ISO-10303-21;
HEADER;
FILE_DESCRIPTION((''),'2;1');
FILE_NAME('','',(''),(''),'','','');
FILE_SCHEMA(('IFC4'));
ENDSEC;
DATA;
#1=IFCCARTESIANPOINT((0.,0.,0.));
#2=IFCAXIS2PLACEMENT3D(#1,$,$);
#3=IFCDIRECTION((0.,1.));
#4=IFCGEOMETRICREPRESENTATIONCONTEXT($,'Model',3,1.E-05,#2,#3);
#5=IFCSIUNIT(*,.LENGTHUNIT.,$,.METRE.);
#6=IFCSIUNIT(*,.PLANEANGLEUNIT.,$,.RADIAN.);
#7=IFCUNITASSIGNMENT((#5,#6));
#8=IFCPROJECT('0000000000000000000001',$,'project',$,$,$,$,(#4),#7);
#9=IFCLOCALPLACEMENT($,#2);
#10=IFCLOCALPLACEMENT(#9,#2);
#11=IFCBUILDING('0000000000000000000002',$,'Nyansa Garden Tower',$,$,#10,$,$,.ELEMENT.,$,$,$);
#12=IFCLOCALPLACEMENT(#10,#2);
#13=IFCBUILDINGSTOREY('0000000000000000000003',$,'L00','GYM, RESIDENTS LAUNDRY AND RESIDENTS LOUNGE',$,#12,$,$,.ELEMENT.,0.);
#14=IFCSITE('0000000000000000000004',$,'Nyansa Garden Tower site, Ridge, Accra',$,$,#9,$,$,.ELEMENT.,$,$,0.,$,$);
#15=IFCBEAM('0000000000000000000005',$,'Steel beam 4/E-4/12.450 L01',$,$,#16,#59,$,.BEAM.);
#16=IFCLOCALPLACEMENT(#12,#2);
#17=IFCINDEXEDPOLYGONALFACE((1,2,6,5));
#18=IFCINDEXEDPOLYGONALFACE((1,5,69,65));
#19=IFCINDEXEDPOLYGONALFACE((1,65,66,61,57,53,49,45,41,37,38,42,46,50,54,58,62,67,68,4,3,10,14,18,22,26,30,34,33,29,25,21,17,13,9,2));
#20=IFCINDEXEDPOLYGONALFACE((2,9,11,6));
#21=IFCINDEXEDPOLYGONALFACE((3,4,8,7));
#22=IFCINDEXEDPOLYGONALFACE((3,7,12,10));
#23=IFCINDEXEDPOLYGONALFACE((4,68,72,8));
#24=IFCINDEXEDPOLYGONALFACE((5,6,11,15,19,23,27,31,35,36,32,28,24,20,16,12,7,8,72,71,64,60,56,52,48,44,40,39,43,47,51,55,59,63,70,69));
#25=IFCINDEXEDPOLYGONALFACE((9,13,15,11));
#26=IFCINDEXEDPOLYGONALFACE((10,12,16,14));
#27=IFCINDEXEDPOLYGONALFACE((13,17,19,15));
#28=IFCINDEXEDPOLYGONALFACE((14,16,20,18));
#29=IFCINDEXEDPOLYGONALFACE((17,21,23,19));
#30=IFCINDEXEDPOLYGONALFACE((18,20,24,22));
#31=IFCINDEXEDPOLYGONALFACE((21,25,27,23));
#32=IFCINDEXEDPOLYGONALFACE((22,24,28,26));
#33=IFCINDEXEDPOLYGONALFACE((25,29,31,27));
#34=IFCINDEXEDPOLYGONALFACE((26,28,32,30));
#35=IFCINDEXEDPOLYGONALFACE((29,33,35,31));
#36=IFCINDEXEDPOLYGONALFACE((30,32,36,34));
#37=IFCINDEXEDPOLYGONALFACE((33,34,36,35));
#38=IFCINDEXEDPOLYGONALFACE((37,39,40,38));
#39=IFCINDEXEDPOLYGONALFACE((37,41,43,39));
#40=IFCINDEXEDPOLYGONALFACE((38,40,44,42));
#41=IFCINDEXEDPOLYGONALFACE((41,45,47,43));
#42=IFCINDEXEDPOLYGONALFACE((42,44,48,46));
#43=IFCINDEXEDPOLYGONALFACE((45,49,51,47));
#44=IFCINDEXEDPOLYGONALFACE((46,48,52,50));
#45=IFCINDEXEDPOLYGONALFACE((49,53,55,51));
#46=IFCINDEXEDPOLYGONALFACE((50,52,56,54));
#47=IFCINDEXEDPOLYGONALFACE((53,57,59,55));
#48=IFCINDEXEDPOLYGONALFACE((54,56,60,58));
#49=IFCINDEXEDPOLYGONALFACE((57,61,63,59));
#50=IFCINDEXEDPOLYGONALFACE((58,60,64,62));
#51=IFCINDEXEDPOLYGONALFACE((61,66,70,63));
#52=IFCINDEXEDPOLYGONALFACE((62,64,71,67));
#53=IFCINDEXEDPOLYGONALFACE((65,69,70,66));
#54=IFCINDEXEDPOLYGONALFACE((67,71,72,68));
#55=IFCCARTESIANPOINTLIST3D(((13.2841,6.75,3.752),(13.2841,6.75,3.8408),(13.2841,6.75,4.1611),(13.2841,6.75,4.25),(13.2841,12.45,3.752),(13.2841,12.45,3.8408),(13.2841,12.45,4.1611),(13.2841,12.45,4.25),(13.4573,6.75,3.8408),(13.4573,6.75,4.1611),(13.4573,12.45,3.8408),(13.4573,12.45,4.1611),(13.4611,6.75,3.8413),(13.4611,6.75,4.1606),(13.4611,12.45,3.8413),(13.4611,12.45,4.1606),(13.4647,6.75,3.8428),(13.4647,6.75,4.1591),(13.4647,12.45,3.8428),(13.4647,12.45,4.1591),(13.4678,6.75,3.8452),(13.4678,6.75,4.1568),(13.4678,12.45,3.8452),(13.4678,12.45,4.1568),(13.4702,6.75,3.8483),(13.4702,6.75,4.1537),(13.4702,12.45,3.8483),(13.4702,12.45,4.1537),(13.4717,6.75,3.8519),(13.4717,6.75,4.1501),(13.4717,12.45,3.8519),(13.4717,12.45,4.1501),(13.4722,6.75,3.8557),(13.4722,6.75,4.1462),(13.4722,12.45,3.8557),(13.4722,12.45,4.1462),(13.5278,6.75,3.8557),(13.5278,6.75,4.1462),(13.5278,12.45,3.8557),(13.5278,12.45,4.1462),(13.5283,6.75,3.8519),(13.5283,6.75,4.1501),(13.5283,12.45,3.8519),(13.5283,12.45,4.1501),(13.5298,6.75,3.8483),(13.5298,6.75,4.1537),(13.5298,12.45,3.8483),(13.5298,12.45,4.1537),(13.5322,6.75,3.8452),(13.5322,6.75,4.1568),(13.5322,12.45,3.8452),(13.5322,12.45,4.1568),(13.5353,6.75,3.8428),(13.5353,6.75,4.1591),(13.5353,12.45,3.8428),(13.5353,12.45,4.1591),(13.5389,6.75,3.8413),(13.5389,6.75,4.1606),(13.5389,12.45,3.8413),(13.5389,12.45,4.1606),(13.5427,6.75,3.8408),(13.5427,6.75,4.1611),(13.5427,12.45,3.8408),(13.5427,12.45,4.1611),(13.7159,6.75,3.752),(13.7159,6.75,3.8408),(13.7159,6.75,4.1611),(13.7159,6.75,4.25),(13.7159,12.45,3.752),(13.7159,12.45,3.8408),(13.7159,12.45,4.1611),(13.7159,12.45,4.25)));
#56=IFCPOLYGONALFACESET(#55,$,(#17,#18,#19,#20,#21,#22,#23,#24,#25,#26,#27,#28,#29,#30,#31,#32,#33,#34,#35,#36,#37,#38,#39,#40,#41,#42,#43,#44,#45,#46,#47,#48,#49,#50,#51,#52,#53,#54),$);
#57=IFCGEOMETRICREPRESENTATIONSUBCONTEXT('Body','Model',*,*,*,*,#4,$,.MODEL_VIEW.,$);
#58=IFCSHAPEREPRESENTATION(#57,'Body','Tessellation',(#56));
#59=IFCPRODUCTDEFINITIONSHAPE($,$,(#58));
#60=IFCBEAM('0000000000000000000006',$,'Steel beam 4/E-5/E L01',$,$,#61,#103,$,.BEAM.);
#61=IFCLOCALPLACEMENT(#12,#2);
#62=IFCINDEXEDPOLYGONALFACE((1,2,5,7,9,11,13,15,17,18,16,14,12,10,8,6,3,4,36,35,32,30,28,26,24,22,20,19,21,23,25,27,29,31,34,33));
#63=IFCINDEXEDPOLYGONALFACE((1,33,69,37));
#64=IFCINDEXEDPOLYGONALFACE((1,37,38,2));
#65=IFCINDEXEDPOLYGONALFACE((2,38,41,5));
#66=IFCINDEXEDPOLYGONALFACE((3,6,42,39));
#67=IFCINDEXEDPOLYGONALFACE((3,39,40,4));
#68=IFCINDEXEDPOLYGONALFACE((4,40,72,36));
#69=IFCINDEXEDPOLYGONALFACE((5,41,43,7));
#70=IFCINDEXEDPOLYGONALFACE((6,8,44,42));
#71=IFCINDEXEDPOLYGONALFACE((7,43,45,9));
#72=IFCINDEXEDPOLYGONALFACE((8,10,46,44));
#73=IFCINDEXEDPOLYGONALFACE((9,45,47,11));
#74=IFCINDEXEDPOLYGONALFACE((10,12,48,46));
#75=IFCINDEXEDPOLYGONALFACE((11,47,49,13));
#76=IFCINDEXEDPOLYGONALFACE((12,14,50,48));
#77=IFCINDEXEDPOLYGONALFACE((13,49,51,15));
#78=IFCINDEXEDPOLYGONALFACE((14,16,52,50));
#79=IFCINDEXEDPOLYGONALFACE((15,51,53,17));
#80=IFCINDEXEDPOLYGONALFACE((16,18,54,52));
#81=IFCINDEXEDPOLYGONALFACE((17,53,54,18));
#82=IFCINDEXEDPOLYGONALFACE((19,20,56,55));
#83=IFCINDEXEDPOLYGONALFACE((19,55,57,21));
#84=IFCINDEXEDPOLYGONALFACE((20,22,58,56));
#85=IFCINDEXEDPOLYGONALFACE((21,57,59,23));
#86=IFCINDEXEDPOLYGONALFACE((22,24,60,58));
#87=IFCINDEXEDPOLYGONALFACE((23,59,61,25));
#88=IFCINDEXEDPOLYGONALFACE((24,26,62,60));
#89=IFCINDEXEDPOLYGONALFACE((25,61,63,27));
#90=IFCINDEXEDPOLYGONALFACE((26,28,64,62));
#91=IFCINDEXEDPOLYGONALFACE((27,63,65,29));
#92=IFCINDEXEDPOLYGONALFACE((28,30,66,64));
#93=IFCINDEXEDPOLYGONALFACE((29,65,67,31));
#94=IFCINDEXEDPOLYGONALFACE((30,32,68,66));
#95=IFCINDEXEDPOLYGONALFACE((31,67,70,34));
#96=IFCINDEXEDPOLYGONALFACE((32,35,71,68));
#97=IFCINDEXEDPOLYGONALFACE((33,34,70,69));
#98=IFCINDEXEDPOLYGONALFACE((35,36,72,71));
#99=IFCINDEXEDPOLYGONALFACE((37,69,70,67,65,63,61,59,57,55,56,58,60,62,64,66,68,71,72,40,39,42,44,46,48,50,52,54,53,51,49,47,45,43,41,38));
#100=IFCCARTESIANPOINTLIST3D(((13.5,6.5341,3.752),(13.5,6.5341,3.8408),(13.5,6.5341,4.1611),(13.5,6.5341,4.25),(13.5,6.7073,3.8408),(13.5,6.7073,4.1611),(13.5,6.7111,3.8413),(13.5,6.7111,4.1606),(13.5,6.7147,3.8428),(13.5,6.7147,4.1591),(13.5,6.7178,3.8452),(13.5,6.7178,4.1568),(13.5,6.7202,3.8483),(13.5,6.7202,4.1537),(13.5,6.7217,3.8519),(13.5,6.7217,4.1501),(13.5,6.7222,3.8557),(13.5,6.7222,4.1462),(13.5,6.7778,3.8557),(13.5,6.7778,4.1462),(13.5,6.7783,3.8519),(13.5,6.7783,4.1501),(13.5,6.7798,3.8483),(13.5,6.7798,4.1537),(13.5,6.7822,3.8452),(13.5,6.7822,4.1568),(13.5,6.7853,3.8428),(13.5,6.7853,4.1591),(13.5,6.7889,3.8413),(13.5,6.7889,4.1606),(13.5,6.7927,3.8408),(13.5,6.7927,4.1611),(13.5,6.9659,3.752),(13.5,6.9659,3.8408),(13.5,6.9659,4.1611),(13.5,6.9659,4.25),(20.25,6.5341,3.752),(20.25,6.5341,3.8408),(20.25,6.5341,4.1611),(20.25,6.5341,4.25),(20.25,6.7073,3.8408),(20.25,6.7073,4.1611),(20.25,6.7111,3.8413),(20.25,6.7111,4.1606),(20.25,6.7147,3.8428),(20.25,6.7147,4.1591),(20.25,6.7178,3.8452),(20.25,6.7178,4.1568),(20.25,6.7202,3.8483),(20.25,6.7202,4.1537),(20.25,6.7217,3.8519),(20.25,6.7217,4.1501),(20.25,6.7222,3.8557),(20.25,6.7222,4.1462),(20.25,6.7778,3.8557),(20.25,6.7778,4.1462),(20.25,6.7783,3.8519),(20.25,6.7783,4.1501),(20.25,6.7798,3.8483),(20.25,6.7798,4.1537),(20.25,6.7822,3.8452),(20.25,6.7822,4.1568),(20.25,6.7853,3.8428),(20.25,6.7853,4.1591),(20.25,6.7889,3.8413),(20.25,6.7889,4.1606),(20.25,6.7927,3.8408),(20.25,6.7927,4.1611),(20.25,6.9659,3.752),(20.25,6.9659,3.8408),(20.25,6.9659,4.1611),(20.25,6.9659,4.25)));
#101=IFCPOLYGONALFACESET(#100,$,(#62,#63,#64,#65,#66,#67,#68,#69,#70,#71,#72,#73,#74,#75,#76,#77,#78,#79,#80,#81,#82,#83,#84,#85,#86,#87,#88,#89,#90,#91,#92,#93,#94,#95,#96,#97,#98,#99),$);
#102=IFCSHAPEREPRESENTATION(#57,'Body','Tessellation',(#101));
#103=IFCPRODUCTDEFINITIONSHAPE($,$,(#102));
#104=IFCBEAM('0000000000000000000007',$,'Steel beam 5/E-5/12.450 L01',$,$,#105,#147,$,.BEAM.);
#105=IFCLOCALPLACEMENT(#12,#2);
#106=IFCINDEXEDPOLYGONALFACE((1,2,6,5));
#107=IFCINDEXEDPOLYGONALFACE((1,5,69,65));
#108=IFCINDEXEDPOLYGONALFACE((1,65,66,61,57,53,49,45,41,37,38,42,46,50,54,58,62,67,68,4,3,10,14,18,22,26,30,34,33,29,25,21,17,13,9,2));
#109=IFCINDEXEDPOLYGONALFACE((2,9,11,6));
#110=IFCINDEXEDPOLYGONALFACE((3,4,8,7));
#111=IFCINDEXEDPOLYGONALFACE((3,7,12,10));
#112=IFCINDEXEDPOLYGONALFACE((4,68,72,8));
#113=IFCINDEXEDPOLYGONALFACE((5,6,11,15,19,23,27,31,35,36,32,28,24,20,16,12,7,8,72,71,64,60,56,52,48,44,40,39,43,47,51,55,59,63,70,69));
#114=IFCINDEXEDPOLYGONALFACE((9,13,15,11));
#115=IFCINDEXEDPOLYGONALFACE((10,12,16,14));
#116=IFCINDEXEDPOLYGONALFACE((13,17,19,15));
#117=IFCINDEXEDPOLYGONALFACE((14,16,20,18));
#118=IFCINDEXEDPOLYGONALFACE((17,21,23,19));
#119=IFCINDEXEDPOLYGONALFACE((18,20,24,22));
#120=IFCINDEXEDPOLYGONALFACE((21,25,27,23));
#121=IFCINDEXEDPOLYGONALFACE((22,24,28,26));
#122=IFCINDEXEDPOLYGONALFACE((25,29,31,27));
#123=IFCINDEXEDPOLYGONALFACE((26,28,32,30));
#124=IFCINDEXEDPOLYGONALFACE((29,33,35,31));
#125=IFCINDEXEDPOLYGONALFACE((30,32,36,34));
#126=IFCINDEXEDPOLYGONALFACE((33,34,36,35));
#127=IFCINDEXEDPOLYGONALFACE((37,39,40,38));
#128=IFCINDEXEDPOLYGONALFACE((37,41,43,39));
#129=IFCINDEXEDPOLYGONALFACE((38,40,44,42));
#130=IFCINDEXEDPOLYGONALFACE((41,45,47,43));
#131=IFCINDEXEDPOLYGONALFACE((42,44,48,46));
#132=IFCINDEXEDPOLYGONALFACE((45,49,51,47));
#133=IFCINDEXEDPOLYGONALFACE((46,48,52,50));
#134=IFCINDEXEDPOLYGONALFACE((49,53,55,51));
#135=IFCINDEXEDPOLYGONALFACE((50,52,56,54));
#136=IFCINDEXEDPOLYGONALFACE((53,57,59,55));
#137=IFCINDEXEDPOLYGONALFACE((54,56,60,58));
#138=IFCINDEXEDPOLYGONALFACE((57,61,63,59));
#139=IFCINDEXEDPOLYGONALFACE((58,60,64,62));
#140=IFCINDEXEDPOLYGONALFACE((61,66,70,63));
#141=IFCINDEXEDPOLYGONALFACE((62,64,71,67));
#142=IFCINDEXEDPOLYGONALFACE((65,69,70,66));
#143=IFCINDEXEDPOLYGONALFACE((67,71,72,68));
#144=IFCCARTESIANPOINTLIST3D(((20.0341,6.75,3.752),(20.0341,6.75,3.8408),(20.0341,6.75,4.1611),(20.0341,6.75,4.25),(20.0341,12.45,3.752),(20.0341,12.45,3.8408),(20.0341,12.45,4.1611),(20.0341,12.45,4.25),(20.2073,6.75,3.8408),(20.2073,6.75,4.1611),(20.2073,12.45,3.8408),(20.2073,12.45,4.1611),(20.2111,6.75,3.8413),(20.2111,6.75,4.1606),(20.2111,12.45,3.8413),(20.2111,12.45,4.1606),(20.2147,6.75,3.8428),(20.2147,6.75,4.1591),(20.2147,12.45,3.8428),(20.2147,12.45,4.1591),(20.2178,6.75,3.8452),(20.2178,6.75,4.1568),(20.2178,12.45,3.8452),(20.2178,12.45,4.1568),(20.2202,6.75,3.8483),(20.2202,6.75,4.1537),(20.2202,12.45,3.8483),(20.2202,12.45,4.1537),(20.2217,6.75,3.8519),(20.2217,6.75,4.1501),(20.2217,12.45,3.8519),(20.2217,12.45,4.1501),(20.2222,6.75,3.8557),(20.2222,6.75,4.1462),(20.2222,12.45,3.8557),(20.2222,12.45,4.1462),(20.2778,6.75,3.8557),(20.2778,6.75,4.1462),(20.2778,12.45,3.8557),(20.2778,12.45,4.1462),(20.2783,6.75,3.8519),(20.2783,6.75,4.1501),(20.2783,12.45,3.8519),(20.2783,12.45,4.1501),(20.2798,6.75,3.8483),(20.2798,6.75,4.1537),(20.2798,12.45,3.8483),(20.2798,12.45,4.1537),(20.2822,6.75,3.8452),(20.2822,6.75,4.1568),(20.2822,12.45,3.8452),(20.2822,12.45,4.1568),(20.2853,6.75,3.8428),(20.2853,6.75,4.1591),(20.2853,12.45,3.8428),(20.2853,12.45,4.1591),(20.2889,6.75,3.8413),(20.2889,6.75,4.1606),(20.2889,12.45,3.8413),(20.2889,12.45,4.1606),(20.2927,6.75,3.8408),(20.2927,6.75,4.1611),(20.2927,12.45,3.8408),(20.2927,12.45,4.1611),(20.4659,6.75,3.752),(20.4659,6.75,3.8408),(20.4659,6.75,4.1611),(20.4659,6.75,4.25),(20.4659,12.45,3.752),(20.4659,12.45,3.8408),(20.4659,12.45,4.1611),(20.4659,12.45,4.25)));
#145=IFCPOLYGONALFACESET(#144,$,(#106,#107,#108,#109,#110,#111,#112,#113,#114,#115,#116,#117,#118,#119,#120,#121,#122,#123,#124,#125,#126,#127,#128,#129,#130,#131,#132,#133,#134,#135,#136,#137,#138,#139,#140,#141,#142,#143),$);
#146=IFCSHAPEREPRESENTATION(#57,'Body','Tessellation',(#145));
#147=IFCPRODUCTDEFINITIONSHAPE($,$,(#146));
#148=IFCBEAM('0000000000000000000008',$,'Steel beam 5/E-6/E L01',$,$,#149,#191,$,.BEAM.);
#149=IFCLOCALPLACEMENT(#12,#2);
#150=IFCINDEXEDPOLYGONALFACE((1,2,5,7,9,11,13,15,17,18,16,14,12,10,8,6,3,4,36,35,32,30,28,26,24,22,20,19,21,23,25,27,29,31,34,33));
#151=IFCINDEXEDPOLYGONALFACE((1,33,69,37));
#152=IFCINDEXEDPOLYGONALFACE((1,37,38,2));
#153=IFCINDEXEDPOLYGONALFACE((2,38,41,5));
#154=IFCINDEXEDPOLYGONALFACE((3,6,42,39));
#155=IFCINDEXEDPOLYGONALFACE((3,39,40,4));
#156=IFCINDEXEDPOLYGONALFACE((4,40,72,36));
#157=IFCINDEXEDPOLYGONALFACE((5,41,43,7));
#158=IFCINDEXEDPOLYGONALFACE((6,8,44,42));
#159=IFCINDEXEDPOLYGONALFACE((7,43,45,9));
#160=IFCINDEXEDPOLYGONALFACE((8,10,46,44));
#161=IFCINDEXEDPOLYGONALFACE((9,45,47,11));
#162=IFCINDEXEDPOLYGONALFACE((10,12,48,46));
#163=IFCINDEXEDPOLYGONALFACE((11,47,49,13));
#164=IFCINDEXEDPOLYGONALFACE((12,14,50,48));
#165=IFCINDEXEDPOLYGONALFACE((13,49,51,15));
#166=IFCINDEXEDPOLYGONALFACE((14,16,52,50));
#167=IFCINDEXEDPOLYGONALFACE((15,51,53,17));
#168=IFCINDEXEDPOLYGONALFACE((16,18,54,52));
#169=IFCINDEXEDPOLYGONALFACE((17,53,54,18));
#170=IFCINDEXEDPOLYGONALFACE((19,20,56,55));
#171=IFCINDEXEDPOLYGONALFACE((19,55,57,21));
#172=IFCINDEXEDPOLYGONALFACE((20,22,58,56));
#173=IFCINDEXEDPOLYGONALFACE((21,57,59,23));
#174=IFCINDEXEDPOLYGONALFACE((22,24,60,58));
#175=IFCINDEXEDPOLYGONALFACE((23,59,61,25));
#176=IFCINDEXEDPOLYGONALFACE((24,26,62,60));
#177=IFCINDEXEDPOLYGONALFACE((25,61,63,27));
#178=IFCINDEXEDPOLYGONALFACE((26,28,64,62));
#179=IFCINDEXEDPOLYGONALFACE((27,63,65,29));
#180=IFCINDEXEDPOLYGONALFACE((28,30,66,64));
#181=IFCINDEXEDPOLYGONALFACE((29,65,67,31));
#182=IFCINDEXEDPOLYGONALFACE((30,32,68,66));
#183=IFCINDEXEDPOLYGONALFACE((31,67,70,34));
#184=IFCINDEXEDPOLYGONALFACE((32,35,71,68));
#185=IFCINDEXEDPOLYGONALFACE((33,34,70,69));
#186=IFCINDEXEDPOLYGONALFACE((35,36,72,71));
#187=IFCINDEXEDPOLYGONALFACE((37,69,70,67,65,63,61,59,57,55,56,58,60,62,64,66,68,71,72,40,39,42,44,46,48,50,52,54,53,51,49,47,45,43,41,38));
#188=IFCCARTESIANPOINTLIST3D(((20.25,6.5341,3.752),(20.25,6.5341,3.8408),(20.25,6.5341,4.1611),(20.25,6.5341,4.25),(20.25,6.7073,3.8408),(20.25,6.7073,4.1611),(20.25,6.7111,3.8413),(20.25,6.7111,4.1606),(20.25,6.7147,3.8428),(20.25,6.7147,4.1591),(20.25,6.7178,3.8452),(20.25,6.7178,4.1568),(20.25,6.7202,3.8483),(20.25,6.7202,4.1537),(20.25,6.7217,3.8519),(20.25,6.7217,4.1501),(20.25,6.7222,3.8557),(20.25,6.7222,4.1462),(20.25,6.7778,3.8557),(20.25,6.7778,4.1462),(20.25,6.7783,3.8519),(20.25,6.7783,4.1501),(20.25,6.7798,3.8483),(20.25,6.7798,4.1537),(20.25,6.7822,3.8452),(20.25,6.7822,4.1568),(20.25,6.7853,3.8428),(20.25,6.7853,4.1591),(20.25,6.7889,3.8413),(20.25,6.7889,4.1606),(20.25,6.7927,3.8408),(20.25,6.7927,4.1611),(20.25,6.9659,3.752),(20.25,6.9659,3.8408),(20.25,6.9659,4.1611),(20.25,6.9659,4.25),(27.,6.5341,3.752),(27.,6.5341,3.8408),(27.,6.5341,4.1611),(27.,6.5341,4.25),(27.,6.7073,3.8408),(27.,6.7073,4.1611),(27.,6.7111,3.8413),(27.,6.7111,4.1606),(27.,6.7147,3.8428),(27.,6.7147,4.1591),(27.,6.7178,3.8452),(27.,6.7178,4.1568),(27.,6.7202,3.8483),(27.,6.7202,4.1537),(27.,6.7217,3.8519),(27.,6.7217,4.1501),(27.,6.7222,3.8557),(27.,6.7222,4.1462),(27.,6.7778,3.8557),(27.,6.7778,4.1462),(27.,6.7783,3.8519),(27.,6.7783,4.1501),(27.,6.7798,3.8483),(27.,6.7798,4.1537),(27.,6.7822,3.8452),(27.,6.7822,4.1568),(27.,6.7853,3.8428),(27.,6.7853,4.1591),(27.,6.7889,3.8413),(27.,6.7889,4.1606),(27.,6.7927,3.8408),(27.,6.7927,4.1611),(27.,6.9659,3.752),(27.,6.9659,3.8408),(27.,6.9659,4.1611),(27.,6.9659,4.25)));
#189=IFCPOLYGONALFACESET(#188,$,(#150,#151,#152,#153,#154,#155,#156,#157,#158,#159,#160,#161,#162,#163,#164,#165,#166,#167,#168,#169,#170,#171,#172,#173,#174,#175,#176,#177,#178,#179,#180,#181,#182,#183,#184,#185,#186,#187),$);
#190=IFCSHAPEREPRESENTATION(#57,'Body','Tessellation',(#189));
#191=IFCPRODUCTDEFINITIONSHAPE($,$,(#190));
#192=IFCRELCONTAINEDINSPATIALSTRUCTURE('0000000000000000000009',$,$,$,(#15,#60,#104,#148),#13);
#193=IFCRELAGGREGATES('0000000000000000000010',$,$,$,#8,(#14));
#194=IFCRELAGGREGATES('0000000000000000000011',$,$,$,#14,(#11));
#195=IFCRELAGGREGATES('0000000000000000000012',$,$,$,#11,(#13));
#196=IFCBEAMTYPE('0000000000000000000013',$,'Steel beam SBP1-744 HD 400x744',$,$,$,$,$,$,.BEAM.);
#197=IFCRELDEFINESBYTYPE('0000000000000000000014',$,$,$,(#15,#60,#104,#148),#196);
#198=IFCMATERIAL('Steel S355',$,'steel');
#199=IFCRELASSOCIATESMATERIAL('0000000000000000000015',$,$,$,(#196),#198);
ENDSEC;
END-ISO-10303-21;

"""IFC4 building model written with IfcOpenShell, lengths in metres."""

from ifc_helpers import new_model, si_unit, direction, frame, origin, origin_2d, place, context, subcontext, project, spatial, i_section, extrude, material, material_profile, profile_set, type_object, element, save


model = new_model("IFC4")

# Units and contexts
model_context = context("Model", 3, precision=1e-05, world=origin(), true_north=direction((0.0, 1.0)))
body_context = subcontext(model_context, "Body", "Model", "MODEL_VIEW")
ifc_project = project(units=[si_unit("LENGTHUNIT", "METRE"), si_unit("PLANEANGLEUNIT", "RADIAN")], contexts=[model_context])

# Site, building, storey
site_placement = place(None, origin())
site = spatial("IfcSite", under=ifc_project, at=site_placement, Name="Nyansa Garden Tower site, Ridge, Accra", CompositionType="ELEMENT", RefElevation=0.0)
building_placement = place(site_placement, origin())
building = spatial("IfcBuilding", under=site, at=building_placement, Name="Nyansa Garden Tower", CompositionType="ELEMENT")
storey_placement = place(building_placement, origin())
storey = spatial("IfcBuildingStorey", under=building, at=storey_placement, Name="L00", Description="GYM, RESIDENTS LAUNDRY AND RESIDENTS LOUNGE", CompositionType="ELEMENT", Elevation=0.0)

# Beams
ifc_material_1 = material(Name="Steel S355", Category="steel")
ifc_material_profile_1 = material_profile(ifc_material_1, i_section(OverallWidth=0.4319, OverallDepth=0.498, WebThickness=0.0557, FlangeThickness=0.0889, FilletRadius=0.0149, at=origin_2d()), Name="HD 400x744")
ifc_profile_set_1 = profile_set([ifc_material_profile_1], Name="Steel S355")
beam_type_1 = type_object("IfcBeamType", Name="Steel beam SBP1-744 HD 400x744", PredefinedType="BEAM", material=ifc_profile_set_1)
for number, where, z_axis, x_axis, name in (
    (1, (13.5, 6.75, 4.001), (0.0, 1.0, 0.0), (-1.0, 0.0, 0.0), "Steel beam 4/E-4/12.450 L01"),
):
    element("IfcBeam", number, at=place(storey_placement, frame(where, z_axis=z_axis, x_axis=x_axis)), inside=storey, type_object=beam_type_1, Name=name, PredefinedType="BEAM", context=body_context, shape_type="SweptSolid", body=[
        extrude(i_section(OverallWidth=0.4319, OverallDepth=0.498, WebThickness=0.0557, FlangeThickness=0.0889, FilletRadius=0.0149, at=origin_2d()), origin(), (0.0, 0.0, 1.0), 5.7),
    ])
beam_1_placement = place(storey_placement, frame((13.5, 6.75, 4.001), z_axis=(1.0, 0.0, 0.0), x_axis=(0.0, 1.0, 0.0)))
element("IfcBeam", 2, at=beam_1_placement, inside=storey, type_object=beam_type_1, Name="Steel beam 4/E-5/E L01", PredefinedType="BEAM", context=body_context, shape_type="SweptSolid", body=[
    extrude(i_section(OverallWidth=0.4319, OverallDepth=0.498, WebThickness=0.0557, FlangeThickness=0.0889, FilletRadius=0.0149, at=origin_2d()), origin(), (0.0, 0.0, 1.0), 6.75),
])
beam_2_placement = place(storey_placement, frame((20.25, 6.75, 4.001), z_axis=(0.0, 1.0, 0.0), x_axis=(-1.0, 0.0, 0.0)))
element("IfcBeam", 3, at=beam_2_placement, inside=storey, type_object=beam_type_1, Name="Steel beam 5/E-5/12.450 L01", PredefinedType="BEAM", context=body_context, shape_type="SweptSolid", body=[
    extrude(i_section(OverallWidth=0.4319, OverallDepth=0.498, WebThickness=0.0557, FlangeThickness=0.0889, FilletRadius=0.0149, at=origin_2d()), origin(), (0.0, 0.0, 1.0), 5.7),
])
beam_3_placement = place(storey_placement, frame((20.25, 6.75, 4.001), z_axis=(1.0, 0.0, 0.0), x_axis=(0.0, 1.0, 0.0)))
element("IfcBeam", 4, at=beam_3_placement, inside=storey, type_object=beam_type_1, Name="Steel beam 5/E-6/E L01", PredefinedType="BEAM", context=body_context, shape_type="SweptSolid", body=[
    extrude(i_section(OverallWidth=0.4319, OverallDepth=0.498, WebThickness=0.0557, FlangeThickness=0.0889, FilletRadius=0.0149, at=origin_2d()), origin(), (0.0, 0.0, 1.0), 6.75),
])

save(model, "model.ifc")
